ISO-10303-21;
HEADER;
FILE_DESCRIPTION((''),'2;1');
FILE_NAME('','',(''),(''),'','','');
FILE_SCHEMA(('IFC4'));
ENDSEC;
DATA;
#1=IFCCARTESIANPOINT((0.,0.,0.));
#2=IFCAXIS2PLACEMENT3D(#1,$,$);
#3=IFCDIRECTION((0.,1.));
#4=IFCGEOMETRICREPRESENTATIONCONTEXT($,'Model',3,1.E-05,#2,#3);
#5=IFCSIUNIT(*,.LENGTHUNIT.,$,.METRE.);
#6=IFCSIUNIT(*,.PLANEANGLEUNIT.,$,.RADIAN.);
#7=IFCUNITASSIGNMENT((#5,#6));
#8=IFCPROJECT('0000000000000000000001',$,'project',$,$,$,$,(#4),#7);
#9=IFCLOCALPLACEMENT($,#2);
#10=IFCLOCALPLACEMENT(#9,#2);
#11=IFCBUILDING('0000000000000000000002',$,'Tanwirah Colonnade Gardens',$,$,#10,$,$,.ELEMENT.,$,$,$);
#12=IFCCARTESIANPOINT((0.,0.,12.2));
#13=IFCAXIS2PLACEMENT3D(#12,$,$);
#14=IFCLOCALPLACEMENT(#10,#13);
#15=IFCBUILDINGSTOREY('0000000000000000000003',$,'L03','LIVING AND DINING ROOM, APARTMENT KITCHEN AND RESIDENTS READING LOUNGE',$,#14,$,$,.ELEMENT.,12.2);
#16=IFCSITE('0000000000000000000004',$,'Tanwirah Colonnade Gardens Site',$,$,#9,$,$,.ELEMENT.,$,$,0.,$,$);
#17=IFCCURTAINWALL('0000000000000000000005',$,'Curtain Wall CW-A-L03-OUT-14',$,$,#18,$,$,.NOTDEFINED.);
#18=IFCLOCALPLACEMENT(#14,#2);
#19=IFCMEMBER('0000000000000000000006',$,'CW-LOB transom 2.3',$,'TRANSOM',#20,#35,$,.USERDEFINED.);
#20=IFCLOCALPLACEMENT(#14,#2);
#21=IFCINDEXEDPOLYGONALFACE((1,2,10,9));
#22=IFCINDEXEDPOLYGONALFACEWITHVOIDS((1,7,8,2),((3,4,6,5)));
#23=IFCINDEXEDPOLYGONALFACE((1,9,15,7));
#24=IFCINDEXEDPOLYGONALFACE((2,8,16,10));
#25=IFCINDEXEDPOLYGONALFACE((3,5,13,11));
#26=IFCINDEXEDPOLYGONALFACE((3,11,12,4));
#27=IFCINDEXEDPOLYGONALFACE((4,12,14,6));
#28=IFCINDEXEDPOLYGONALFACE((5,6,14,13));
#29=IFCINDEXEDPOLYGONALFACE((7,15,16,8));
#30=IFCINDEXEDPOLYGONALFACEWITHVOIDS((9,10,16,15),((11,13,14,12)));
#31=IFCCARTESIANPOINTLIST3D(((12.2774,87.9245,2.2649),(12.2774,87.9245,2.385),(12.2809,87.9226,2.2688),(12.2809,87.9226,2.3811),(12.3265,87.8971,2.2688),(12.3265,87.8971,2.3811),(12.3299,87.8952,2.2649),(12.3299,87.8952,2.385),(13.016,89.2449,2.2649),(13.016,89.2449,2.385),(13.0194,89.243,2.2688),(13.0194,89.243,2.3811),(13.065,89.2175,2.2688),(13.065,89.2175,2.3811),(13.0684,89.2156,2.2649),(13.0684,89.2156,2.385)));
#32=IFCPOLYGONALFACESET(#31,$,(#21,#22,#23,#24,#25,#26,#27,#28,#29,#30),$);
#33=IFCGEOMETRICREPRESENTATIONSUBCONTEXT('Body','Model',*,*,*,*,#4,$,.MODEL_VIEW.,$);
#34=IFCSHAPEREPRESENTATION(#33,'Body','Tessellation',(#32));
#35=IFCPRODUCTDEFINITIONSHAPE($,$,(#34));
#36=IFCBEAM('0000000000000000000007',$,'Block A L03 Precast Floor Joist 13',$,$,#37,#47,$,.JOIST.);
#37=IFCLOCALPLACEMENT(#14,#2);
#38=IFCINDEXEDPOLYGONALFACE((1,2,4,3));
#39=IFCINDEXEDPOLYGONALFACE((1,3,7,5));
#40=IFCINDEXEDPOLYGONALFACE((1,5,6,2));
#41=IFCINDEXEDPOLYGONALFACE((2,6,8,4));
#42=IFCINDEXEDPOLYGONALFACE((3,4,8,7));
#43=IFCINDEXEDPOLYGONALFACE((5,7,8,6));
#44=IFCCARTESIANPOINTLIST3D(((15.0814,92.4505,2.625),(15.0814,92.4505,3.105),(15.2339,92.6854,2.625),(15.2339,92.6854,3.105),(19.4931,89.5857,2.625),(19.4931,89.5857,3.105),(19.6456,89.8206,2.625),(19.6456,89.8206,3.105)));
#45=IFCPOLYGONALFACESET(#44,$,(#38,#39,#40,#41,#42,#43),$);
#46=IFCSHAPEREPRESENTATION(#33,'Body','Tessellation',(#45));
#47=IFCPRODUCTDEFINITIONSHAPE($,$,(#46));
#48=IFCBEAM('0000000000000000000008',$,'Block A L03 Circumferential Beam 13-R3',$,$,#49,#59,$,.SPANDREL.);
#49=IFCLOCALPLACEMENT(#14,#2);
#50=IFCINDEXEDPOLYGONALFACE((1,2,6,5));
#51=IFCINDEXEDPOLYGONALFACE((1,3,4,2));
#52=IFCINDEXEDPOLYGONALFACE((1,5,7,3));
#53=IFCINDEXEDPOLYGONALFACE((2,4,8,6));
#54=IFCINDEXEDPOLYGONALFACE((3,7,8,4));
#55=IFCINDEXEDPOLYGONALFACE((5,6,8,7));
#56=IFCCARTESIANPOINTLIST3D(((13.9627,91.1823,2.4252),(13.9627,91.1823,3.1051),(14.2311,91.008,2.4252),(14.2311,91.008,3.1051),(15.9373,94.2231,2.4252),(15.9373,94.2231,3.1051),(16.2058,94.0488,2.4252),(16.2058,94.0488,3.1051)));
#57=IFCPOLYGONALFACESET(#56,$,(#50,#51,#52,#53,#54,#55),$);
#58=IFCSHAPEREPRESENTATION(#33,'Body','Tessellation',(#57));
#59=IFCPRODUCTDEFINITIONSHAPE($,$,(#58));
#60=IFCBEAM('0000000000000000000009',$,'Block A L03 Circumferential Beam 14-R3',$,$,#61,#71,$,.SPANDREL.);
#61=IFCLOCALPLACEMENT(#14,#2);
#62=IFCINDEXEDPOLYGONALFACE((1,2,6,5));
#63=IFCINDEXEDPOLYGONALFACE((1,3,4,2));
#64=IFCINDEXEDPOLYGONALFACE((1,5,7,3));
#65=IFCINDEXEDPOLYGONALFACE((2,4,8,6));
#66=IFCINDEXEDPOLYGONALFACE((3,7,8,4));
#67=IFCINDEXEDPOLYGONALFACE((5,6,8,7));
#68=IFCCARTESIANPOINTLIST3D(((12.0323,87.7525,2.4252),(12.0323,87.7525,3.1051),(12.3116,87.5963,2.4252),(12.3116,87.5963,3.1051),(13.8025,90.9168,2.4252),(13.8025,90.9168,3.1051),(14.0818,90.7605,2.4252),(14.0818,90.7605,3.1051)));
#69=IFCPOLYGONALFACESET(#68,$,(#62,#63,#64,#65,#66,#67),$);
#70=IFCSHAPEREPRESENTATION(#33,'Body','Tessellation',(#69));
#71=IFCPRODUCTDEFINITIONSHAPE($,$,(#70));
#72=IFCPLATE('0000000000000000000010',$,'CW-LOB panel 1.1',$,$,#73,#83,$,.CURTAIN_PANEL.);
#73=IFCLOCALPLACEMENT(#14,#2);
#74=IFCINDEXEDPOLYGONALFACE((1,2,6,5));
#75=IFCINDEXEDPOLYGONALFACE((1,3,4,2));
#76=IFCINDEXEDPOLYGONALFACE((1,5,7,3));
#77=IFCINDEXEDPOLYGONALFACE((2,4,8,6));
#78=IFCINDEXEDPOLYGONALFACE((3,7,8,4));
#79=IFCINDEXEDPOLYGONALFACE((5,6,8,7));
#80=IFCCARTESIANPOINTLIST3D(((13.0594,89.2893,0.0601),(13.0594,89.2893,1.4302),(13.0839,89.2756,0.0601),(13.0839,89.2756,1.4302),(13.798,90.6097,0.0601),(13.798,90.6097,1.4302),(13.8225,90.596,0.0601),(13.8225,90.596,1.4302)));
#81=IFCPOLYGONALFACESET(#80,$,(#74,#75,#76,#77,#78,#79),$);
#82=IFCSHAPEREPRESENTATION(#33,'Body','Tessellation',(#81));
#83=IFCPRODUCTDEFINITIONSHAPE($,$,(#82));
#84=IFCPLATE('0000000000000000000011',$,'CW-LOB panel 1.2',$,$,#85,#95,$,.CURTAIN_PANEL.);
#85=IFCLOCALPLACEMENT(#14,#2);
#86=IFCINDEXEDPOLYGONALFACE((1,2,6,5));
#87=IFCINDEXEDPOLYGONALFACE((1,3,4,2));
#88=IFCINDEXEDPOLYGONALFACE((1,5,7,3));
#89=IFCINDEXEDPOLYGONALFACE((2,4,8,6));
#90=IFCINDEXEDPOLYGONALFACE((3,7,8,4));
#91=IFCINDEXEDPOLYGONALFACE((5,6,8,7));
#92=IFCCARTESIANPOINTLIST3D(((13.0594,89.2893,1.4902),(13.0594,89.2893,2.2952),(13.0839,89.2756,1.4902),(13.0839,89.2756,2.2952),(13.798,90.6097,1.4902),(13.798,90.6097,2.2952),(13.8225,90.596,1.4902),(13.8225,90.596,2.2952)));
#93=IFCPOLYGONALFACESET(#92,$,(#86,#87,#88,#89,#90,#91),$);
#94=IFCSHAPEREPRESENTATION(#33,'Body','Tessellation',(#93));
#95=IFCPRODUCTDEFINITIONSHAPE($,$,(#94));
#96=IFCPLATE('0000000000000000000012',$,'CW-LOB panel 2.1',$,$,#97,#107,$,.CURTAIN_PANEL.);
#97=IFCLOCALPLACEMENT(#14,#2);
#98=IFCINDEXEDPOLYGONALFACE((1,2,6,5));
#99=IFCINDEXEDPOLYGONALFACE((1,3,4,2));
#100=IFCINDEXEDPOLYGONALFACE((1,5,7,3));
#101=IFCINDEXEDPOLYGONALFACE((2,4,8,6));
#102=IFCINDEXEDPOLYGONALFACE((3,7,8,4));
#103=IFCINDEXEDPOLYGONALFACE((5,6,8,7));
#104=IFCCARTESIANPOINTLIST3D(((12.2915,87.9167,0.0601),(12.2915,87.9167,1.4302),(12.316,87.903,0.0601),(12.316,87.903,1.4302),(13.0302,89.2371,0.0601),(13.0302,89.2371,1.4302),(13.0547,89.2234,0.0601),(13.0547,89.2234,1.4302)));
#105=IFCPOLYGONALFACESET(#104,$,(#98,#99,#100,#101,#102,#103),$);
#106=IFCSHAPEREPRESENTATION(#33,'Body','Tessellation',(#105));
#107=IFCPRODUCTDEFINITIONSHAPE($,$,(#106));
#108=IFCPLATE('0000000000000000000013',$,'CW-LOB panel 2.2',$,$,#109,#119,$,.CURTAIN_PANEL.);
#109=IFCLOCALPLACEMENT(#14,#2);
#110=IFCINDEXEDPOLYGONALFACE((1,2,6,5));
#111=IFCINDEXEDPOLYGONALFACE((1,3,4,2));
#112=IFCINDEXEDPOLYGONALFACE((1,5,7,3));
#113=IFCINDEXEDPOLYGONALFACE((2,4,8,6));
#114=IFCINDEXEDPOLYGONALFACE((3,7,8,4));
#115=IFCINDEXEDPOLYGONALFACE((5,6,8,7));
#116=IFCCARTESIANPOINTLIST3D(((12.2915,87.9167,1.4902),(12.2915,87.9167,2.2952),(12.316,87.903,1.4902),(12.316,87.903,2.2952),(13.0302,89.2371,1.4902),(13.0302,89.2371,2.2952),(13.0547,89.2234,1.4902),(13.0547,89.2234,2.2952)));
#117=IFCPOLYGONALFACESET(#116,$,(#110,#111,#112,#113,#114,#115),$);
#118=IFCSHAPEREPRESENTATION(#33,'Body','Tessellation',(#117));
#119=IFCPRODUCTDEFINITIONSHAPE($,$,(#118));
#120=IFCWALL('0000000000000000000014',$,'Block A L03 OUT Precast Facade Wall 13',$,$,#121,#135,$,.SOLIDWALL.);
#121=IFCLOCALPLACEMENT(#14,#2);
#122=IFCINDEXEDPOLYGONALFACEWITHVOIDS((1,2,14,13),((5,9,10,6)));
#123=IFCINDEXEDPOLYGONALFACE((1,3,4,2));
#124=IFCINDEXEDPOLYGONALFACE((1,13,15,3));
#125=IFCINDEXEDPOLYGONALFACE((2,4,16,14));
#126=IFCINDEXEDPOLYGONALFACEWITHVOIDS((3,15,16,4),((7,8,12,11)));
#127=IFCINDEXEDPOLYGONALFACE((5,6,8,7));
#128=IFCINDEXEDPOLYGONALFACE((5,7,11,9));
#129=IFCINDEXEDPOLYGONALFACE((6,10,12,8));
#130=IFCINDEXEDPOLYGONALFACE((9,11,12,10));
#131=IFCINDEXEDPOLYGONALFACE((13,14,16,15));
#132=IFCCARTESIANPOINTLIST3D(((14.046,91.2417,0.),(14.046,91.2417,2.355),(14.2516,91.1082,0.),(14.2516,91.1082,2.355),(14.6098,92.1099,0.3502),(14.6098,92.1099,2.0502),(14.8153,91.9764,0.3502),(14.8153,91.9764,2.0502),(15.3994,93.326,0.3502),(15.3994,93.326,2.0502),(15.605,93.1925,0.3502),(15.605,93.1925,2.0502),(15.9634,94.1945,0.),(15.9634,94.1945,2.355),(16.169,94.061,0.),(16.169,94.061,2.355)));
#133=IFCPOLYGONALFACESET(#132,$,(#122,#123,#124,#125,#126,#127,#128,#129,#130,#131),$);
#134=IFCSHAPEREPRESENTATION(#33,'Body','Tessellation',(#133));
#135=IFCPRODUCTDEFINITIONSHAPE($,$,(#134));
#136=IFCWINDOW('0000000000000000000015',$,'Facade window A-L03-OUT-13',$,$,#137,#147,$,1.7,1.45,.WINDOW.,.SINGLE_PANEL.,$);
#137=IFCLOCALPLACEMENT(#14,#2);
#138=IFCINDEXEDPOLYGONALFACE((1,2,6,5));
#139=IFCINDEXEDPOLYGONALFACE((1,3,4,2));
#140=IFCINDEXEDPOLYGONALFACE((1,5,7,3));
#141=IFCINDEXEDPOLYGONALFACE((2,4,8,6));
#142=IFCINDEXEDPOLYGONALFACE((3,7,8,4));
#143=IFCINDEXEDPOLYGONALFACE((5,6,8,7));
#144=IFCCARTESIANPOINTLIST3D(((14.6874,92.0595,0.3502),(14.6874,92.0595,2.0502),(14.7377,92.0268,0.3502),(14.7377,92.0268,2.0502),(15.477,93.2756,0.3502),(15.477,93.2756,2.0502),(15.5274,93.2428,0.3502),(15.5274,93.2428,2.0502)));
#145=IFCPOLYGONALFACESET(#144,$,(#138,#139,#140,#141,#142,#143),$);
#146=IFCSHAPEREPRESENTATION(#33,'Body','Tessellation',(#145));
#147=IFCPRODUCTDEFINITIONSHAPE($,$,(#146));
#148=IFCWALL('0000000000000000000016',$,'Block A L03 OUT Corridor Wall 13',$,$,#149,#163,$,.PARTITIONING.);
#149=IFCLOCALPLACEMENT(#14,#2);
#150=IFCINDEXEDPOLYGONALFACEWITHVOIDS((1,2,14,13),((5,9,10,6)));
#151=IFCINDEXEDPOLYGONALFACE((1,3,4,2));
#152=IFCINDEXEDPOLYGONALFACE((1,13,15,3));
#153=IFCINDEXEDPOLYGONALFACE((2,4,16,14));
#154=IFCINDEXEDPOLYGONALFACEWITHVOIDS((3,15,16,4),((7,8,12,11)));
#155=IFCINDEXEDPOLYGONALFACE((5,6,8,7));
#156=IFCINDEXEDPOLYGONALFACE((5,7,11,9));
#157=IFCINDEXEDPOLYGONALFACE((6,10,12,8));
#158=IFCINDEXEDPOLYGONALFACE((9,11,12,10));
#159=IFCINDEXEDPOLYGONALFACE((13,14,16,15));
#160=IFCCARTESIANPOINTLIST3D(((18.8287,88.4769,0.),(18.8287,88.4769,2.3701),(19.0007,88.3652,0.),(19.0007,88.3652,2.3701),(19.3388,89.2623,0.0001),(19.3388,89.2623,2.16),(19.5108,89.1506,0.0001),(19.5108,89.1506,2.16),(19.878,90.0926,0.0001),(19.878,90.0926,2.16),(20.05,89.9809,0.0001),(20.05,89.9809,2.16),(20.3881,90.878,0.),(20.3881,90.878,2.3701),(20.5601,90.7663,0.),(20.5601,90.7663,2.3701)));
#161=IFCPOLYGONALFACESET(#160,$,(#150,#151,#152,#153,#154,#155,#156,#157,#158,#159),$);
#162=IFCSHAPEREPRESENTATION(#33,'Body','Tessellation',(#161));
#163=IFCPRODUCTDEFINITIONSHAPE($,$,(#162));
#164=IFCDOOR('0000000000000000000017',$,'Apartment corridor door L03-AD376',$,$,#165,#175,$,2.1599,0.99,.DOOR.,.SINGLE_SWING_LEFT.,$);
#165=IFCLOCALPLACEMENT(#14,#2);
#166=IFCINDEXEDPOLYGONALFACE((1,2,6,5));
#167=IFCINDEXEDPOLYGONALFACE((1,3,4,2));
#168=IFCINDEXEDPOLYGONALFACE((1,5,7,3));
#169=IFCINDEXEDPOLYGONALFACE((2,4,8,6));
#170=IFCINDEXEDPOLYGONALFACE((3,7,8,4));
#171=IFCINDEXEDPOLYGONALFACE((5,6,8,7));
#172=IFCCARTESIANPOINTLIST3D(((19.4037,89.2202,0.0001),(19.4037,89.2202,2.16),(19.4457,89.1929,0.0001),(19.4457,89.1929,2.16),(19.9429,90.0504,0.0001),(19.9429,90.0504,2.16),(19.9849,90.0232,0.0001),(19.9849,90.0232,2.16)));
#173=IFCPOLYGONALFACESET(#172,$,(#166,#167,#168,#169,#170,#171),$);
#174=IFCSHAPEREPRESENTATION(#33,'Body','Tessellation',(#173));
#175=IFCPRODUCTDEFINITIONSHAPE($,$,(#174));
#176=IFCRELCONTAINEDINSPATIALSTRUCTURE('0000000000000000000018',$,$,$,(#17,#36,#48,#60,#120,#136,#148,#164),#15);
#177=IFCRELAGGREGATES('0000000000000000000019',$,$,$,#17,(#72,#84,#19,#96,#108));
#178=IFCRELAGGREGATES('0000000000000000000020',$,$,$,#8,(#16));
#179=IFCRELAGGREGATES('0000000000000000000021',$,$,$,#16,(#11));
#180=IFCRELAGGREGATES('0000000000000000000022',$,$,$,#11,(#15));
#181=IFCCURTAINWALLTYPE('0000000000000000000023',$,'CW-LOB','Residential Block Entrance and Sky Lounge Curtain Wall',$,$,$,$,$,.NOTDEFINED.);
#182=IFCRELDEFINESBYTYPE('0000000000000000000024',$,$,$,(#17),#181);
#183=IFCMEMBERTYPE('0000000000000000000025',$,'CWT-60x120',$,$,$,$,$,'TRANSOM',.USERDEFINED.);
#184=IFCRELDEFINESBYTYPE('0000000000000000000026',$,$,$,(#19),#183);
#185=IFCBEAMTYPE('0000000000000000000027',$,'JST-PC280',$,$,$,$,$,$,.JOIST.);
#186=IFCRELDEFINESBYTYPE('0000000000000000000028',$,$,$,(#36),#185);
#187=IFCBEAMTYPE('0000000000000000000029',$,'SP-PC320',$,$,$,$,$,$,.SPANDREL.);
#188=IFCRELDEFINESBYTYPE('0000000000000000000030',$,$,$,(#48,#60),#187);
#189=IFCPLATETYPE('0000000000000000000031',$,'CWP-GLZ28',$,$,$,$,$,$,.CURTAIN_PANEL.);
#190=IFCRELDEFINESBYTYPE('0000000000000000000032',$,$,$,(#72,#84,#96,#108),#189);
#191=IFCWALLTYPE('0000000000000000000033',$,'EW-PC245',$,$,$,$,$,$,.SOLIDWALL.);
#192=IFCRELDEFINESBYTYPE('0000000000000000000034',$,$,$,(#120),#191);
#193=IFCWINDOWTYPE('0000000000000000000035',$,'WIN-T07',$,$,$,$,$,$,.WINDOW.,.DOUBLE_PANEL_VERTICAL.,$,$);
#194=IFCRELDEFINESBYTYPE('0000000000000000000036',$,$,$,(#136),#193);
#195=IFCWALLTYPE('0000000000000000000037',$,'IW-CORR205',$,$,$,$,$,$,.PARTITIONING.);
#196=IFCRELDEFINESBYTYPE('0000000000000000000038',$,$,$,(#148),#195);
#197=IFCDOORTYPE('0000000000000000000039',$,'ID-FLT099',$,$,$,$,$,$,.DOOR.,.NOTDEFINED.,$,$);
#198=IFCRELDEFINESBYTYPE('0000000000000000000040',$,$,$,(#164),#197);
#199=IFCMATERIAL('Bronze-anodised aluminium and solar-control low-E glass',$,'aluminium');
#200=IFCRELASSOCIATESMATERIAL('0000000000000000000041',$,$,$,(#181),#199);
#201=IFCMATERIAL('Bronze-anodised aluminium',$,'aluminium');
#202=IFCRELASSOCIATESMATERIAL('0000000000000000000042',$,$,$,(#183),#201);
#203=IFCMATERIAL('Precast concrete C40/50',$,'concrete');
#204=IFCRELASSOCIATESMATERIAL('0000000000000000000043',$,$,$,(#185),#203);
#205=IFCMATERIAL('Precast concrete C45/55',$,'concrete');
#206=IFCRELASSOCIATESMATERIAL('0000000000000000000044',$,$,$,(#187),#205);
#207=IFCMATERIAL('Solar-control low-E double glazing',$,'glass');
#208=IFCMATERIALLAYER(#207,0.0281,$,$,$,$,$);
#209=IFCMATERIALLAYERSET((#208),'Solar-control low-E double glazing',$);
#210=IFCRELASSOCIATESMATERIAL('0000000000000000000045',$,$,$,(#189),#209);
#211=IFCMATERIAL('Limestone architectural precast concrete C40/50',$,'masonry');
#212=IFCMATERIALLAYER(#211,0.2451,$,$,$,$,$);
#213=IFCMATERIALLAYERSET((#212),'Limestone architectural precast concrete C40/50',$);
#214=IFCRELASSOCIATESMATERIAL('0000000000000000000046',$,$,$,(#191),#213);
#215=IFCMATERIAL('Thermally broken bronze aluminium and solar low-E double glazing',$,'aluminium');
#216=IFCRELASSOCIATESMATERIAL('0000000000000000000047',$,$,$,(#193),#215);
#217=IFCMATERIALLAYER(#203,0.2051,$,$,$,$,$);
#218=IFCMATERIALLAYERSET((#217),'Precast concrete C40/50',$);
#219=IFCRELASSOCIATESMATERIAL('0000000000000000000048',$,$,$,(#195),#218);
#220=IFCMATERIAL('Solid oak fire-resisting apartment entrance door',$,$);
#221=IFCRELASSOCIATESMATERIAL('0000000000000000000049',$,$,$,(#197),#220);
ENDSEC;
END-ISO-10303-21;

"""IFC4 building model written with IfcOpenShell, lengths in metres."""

from ifc_helpers import new_model, si_unit, direction, frame, frame_2d, origin, origin_2d, place, context, subcontext, project, spatial, rectangle, hollow_rectangle, extrude, material, layer, layer_set, material_profile, profile_set, type_object, element, fill, aggregate, save


model = new_model("IFC4")

# Units and contexts
model_context = context("Model", 3, precision=1e-05, world=origin(), true_north=direction((0.0, 1.0)))
body_context = subcontext(model_context, "Body", "Model", "MODEL_VIEW")
ifc_project = project(units=[si_unit("LENGTHUNIT", "METRE"), si_unit("PLANEANGLEUNIT", "RADIAN")], contexts=[model_context])

# Site, building, storey
site_placement = place(None, origin())
site = spatial("IfcSite", under=ifc_project, at=site_placement, Name="Tanwirah Colonnade Gardens Site", CompositionType="ELEMENT", RefElevation=0.0)
building_placement = place(site_placement, origin())
building = spatial("IfcBuilding", under=site, at=building_placement, Name="Tanwirah Colonnade Gardens", CompositionType="ELEMENT")
storey_placement = place(building_placement, frame((0.0, 0.0, 12.2)))
storey = spatial("IfcBuildingStorey", under=building, at=storey_placement, Name="L03", Description="LIVING AND DINING ROOM, APARTMENT KITCHEN AND RESIDENTS READING LOUNGE", CompositionType="ELEMENT", Elevation=12.2)

# Shared definitions
ifc_material_1 = material(Name="Precast concrete C45/55", Category="concrete")
ifc_material_2 = material(Name="Precast concrete C40/50", Category="concrete")

# Curtain wall, member
ifc_material_3 = material(Name="Bronze-anodised aluminium and solar-control low-E glass", Category="aluminium")
curtain_wall_type = type_object("IfcCurtainWallType", Name="CW-LOB", Description="Residential Block Entrance and Sky Lounge Curtain Wall", PredefinedType="NOTDEFINED", material=ifc_material_3)
curtain_wall_placement = place(storey_placement, origin())
curtain_wall = element("IfcCurtainWall", 1, at=curtain_wall_placement, inside=storey, type_object=curtain_wall_type, Name="Curtain Wall CW-A-L03-OUT-14", PredefinedType="NOTDEFINED")
ifc_material_4 = material(Name="Bronze-anodised aluminium", Category="aluminium")
ifc_material_profile_1 = material_profile(ifc_material_4, hollow_rectangle(XDim=0.0601, YDim=0.1201, WallThickness=0.0039, at=origin_2d()), Name="CW-TRN 60x120x4")
ifc_profile_set_1 = profile_set([ifc_material_profile_1], Name="Bronze-anodised aluminium")
member_type_1 = type_object("IfcMemberType", Name="CWT-60x120", ElementType="TRANSOM", PredefinedType="USERDEFINED", material=ifc_profile_set_1)
member_1_placement = place(storey_placement, frame((13.0422, 89.2302, 2.325), z_axis=(-0.488176, -0.872745, 0.0), x_axis=(0.872745, -0.488176, 0.0)))
member_1 = element("IfcMember", 2, at=member_1_placement, type_object=member_type_1, Name="CW-LOB transom 2.3", ObjectType="TRANSOM", PredefinedType="USERDEFINED", context=body_context, shape_type="SweptSolid", body=[
    extrude(hollow_rectangle(XDim=0.0601, YDim=0.1201, WallThickness=0.0039, at=origin_2d()), origin(), (0.0, 0.0, 1.0), 1.5129),
])

# Beams
ifc_material_profile_2 = material_profile(ifc_material_2, rectangle(XDim=0.28, YDim=0.48, at=origin_2d()), Name="PC-JST 280x480")
ifc_profile_set_2 = profile_set([ifc_material_profile_2], Name="Precast concrete C40/50")
beam_type_1 = type_object("IfcBeamType", Name="JST-PC280", PredefinedType="JOIST", material=ifc_profile_set_2)
beam_placement = place(storey_placement, frame((19.5693, 89.7031, 2.865), z_axis=(-0.838687, 0.544613, 0.0), x_axis=(-0.544613, -0.838687, 0.0)))
element("IfcBeam", 3, at=beam_placement, inside=storey, type_object=beam_type_1, Name="Block A L03 Precast Floor Joist 13", PredefinedType="JOIST", context=body_context, shape_type="SweptSolid", body=[
    extrude(rectangle(XDim=0.28, YDim=0.48, at=origin_2d()), origin(), (0.0, 0.0, 1.0), 5.2603),
])
ifc_material_profile_3 = material_profile(ifc_material_1, rectangle(XDim=0.3201, YDim=0.6799, at=origin_2d()), Name="PC-SP 320x680")
ifc_profile_set_3 = profile_set([ifc_material_profile_3], Name="Precast concrete C45/55")
beam_type_2 = type_object("IfcBeamType", Name="SP-PC320", PredefinedType="SPANDREL", material=ifc_profile_set_3)
for number, where, z_axis, x_axis, name in (
    (4, (16.0715, 94.136, 2.7651), (-0.544621, -0.838682, 0.0), (0.838682, -0.544621, 0.0), "Block A L03 Circumferential Beam 13-R3"),
    (5, (13.9421, 90.8386, 2.7651), (-0.488236, -0.872711, 0.0), (0.872711, -0.488236, 0.0), "Block A L03 Circumferential Beam 14-R3"),
):
    element("IfcBeam", number, at=place(storey_placement, frame(where, z_axis=z_axis, x_axis=x_axis)), inside=storey, type_object=beam_type_2, Name=name, PredefinedType="SPANDREL", context=body_context, shape_type="SweptSolid", body=[
        extrude(rectangle(XDim=0.3201, YDim=0.6799, at=origin_2d()), origin(), (0.0, 0.0, 1.0), 3.6257),
    ])

# Plates
ifc_material_5 = material(Name="Solar-control low-E double glazing", Category="glass")
ifc_layer_1 = layer(ifc_material_5, 0.0281)
ifc_layer_set_1 = layer_set([ifc_layer_1], Name="Solar-control low-E double glazing")
plate_type = type_object("IfcPlateType", Name="CWP-GLZ28", PredefinedType="CURTAIN_PANEL", material=ifc_layer_set_1)
plate_1_placement = place(storey_placement, frame((13.4409, 89.9426, 0.0601), z_axis=(0.0, 0.0, 1.0), x_axis=(-0.488199, -0.872732, 0.0)))
plate_1 = element("IfcPlate", 6, at=plate_1_placement, type_object=plate_type, Name="CW-LOB panel 1.1", PredefinedType="CURTAIN_PANEL", context=body_context, shape_type="SweptSolid", body=[
    extrude(rectangle(XDim=1.5129, YDim=0.0281, at=origin_2d()), origin(), (0.0, 0.0, 1.0), 1.3701),
])
plate_2_placement = place(storey_placement, frame((13.4409, 89.9426, 1.4902), z_axis=(0.0, 0.0, 1.0), x_axis=(-0.488199, -0.872732, 0.0)))
plate_2 = element("IfcPlate", 7, at=plate_2_placement, type_object=plate_type, Name="CW-LOB panel 1.2", PredefinedType="CURTAIN_PANEL", context=body_context, shape_type="SweptSolid", body=[
    extrude(rectangle(XDim=1.5129, YDim=0.0281, at=origin_2d()), origin(), (0.0, 0.0, 1.0), 0.8049),
])
plate_3_placement = place(storey_placement, frame((12.6731, 88.5701, 0.0601), z_axis=(0.0, 0.0, 1.0), x_axis=(-0.488199, -0.872732, 0.0)))
plate_3 = element("IfcPlate", 8, at=plate_3_placement, type_object=plate_type, Name="CW-LOB panel 2.1", PredefinedType="CURTAIN_PANEL", context=body_context, shape_type="SweptSolid", body=[
    extrude(rectangle(XDim=1.5129, YDim=0.0281, at=origin_2d()), origin(), (0.0, 0.0, 1.0), 1.3701),
])
plate_4_placement = place(storey_placement, frame((12.6731, 88.5701, 1.4902), z_axis=(0.0, 0.0, 1.0), x_axis=(-0.488199, -0.872732, 0.0)))
plate_4 = element("IfcPlate", 9, at=plate_4_placement, type_object=plate_type, Name="CW-LOB panel 2.2", PredefinedType="CURTAIN_PANEL", context=body_context, shape_type="SweptSolid", body=[
    extrude(rectangle(XDim=1.5129, YDim=0.0281, at=origin_2d()), origin(), (0.0, 0.0, 1.0), 0.8049),
])
aggregate(curtain_wall, [plate_1, plate_2, member_1, plate_3, plate_4])

# Wall, opening, window
ifc_material_6 = material(Name="Limestone architectural precast concrete C40/50", Category="masonry")
ifc_layer_2 = layer(ifc_material_6, 0.2451)
ifc_layer_set_2 = layer_set([ifc_layer_2], Name="Limestone architectural precast concrete C40/50")
wall_type_1 = type_object("IfcWallType", Name="EW-PC245", PredefinedType="SOLIDWALL", material=ifc_layer_set_2)
wall_1_placement = place(storey_placement, frame((16.0662, 94.1277, 0.0), z_axis=(0.0, 0.0, 1.0), x_axis=(-0.544611, -0.838689, 0.0)))
wall_1 = element("IfcWall", 10, at=wall_1_placement, inside=storey, type_object=wall_type_1, Name="Block A L03 OUT Precast Facade Wall 13", PredefinedType="SOLIDWALL", context=body_context, shape_type="SweptSolid", body=[
    extrude(rectangle(XDim=3.5208, YDim=0.2451, at=frame_2d((1.7603, 0.0))), origin(), (0.0, 0.0, 1.0), 2.355),
])
opening_1_placement = place(wall_1_placement, frame((1.0354, 0.0, 0.3501)))
opening_1 = element("IfcOpeningElement", 11, at=opening_1_placement, cuts=wall_1, PredefinedType="OPENING", context=body_context, shape_type="SweptSolid", body=[
    extrude(rectangle(XDim=1.45, YDim=1.7, at=frame_2d((0.7251, 0.8501))), frame((0.0, 0.1326, 0.0), z_axis=(0.0, -1.0, 0.0), x_axis=(1.0, 0.0, 0.0)), (0.0, 0.0, 1.0), 0.2651),
])
ifc_material_7 = material(Name="Thermally broken bronze aluminium and solar low-E double glazing", Category="aluminium")
window_type = type_object("IfcWindowType", Name="WIN-T07", PartitioningType="DOUBLE_PANEL_VERTICAL", PredefinedType="WINDOW", material=ifc_material_7)
window_placement = place(opening_1_placement, origin())
window = element("IfcWindow", 12, at=window_placement, inside=storey, type_object=window_type, Name="Facade window A-L03-OUT-13", OverallHeight=1.7, OverallWidth=1.45, PartitioningType="SINGLE_PANEL", PredefinedType="WINDOW", context=body_context, shape_type="SweptSolid", body=[
    extrude(rectangle(XDim=1.45, YDim=1.7, at=frame_2d((0.7251, 0.8501))), frame((0.0, 0.03, 0.0), z_axis=(0.0, -1.0, 0.0), x_axis=(1.0, 0.0, 0.0)), (0.0, 0.0, 1.0), 0.0601),
])
fill(opening_1, window)

# Wall, opening, door
ifc_layer_3 = layer(ifc_material_2, 0.2051)
ifc_layer_set_3 = layer_set([ifc_layer_3], Name="Precast concrete C40/50")
wall_type_2 = type_object("IfcWallType", Name="IW-CORR205", PredefinedType="PARTITIONING", material=ifc_layer_set_3)
wall_2_placement = place(storey_placement, frame((20.4741, 90.8223, 0.0), z_axis=(0.0, 0.0, 1.0), x_axis=(-0.544644, -0.838668, 0.0)))
wall_2 = element("IfcWall", 13, at=wall_2_placement, inside=storey, type_object=wall_type_2, Name="Block A L03 OUT Corridor Wall 13", PredefinedType="PARTITIONING", context=body_context, shape_type="SweptSolid", body=[
    extrude(rectangle(XDim=2.863, YDim=0.2051, at=frame_2d((1.4316, 0.0))), origin(), (0.0, 0.0, 1.0), 2.3701),
])
opening_2_placement = place(wall_2_placement, frame((0.9365, 0.0, 0.0)))
opening_2 = element("IfcOpeningElement", 14, at=opening_2_placement, cuts=wall_2, PredefinedType="OPENING", context=body_context, shape_type="SweptSolid", body=[
    extrude(rectangle(XDim=0.99, YDim=2.1599, at=frame_2d((0.4951, 1.0801))), frame((0.0, 0.1125, 0.0), z_axis=(0.0, -1.0, 0.0), x_axis=(1.0, 0.0, 0.0)), (0.0, 0.0, 1.0), 0.2251),
])
ifc_material_8 = material(Name="Solid oak fire-resisting apartment entrance door")
door_type_1 = type_object("IfcDoorType", Name="ID-FLT099", OperationType="NOTDEFINED", PredefinedType="DOOR", material=ifc_material_8)
door_1_placement = place(opening_2_placement, origin())
door_1 = element("IfcDoor", 15, at=door_1_placement, inside=storey, type_object=door_type_1, Name="Apartment corridor door L03-AD376", OperationType="SINGLE_SWING_LEFT", OverallHeight=2.1599, OverallWidth=0.99, PredefinedType="DOOR", context=body_context, shape_type="SweptSolid", body=[
    extrude(rectangle(XDim=0.99, YDim=2.1599, at=frame_2d((0.4951, 1.0801))), frame((0.0, 0.0249, 0.0), z_axis=(0.0, -1.0, 0.0), x_axis=(1.0, 0.0, 0.0)), (0.0, 0.0, 1.0), 0.05),
])
fill(opening_2, door_1)

save(model, "model.ifc")
